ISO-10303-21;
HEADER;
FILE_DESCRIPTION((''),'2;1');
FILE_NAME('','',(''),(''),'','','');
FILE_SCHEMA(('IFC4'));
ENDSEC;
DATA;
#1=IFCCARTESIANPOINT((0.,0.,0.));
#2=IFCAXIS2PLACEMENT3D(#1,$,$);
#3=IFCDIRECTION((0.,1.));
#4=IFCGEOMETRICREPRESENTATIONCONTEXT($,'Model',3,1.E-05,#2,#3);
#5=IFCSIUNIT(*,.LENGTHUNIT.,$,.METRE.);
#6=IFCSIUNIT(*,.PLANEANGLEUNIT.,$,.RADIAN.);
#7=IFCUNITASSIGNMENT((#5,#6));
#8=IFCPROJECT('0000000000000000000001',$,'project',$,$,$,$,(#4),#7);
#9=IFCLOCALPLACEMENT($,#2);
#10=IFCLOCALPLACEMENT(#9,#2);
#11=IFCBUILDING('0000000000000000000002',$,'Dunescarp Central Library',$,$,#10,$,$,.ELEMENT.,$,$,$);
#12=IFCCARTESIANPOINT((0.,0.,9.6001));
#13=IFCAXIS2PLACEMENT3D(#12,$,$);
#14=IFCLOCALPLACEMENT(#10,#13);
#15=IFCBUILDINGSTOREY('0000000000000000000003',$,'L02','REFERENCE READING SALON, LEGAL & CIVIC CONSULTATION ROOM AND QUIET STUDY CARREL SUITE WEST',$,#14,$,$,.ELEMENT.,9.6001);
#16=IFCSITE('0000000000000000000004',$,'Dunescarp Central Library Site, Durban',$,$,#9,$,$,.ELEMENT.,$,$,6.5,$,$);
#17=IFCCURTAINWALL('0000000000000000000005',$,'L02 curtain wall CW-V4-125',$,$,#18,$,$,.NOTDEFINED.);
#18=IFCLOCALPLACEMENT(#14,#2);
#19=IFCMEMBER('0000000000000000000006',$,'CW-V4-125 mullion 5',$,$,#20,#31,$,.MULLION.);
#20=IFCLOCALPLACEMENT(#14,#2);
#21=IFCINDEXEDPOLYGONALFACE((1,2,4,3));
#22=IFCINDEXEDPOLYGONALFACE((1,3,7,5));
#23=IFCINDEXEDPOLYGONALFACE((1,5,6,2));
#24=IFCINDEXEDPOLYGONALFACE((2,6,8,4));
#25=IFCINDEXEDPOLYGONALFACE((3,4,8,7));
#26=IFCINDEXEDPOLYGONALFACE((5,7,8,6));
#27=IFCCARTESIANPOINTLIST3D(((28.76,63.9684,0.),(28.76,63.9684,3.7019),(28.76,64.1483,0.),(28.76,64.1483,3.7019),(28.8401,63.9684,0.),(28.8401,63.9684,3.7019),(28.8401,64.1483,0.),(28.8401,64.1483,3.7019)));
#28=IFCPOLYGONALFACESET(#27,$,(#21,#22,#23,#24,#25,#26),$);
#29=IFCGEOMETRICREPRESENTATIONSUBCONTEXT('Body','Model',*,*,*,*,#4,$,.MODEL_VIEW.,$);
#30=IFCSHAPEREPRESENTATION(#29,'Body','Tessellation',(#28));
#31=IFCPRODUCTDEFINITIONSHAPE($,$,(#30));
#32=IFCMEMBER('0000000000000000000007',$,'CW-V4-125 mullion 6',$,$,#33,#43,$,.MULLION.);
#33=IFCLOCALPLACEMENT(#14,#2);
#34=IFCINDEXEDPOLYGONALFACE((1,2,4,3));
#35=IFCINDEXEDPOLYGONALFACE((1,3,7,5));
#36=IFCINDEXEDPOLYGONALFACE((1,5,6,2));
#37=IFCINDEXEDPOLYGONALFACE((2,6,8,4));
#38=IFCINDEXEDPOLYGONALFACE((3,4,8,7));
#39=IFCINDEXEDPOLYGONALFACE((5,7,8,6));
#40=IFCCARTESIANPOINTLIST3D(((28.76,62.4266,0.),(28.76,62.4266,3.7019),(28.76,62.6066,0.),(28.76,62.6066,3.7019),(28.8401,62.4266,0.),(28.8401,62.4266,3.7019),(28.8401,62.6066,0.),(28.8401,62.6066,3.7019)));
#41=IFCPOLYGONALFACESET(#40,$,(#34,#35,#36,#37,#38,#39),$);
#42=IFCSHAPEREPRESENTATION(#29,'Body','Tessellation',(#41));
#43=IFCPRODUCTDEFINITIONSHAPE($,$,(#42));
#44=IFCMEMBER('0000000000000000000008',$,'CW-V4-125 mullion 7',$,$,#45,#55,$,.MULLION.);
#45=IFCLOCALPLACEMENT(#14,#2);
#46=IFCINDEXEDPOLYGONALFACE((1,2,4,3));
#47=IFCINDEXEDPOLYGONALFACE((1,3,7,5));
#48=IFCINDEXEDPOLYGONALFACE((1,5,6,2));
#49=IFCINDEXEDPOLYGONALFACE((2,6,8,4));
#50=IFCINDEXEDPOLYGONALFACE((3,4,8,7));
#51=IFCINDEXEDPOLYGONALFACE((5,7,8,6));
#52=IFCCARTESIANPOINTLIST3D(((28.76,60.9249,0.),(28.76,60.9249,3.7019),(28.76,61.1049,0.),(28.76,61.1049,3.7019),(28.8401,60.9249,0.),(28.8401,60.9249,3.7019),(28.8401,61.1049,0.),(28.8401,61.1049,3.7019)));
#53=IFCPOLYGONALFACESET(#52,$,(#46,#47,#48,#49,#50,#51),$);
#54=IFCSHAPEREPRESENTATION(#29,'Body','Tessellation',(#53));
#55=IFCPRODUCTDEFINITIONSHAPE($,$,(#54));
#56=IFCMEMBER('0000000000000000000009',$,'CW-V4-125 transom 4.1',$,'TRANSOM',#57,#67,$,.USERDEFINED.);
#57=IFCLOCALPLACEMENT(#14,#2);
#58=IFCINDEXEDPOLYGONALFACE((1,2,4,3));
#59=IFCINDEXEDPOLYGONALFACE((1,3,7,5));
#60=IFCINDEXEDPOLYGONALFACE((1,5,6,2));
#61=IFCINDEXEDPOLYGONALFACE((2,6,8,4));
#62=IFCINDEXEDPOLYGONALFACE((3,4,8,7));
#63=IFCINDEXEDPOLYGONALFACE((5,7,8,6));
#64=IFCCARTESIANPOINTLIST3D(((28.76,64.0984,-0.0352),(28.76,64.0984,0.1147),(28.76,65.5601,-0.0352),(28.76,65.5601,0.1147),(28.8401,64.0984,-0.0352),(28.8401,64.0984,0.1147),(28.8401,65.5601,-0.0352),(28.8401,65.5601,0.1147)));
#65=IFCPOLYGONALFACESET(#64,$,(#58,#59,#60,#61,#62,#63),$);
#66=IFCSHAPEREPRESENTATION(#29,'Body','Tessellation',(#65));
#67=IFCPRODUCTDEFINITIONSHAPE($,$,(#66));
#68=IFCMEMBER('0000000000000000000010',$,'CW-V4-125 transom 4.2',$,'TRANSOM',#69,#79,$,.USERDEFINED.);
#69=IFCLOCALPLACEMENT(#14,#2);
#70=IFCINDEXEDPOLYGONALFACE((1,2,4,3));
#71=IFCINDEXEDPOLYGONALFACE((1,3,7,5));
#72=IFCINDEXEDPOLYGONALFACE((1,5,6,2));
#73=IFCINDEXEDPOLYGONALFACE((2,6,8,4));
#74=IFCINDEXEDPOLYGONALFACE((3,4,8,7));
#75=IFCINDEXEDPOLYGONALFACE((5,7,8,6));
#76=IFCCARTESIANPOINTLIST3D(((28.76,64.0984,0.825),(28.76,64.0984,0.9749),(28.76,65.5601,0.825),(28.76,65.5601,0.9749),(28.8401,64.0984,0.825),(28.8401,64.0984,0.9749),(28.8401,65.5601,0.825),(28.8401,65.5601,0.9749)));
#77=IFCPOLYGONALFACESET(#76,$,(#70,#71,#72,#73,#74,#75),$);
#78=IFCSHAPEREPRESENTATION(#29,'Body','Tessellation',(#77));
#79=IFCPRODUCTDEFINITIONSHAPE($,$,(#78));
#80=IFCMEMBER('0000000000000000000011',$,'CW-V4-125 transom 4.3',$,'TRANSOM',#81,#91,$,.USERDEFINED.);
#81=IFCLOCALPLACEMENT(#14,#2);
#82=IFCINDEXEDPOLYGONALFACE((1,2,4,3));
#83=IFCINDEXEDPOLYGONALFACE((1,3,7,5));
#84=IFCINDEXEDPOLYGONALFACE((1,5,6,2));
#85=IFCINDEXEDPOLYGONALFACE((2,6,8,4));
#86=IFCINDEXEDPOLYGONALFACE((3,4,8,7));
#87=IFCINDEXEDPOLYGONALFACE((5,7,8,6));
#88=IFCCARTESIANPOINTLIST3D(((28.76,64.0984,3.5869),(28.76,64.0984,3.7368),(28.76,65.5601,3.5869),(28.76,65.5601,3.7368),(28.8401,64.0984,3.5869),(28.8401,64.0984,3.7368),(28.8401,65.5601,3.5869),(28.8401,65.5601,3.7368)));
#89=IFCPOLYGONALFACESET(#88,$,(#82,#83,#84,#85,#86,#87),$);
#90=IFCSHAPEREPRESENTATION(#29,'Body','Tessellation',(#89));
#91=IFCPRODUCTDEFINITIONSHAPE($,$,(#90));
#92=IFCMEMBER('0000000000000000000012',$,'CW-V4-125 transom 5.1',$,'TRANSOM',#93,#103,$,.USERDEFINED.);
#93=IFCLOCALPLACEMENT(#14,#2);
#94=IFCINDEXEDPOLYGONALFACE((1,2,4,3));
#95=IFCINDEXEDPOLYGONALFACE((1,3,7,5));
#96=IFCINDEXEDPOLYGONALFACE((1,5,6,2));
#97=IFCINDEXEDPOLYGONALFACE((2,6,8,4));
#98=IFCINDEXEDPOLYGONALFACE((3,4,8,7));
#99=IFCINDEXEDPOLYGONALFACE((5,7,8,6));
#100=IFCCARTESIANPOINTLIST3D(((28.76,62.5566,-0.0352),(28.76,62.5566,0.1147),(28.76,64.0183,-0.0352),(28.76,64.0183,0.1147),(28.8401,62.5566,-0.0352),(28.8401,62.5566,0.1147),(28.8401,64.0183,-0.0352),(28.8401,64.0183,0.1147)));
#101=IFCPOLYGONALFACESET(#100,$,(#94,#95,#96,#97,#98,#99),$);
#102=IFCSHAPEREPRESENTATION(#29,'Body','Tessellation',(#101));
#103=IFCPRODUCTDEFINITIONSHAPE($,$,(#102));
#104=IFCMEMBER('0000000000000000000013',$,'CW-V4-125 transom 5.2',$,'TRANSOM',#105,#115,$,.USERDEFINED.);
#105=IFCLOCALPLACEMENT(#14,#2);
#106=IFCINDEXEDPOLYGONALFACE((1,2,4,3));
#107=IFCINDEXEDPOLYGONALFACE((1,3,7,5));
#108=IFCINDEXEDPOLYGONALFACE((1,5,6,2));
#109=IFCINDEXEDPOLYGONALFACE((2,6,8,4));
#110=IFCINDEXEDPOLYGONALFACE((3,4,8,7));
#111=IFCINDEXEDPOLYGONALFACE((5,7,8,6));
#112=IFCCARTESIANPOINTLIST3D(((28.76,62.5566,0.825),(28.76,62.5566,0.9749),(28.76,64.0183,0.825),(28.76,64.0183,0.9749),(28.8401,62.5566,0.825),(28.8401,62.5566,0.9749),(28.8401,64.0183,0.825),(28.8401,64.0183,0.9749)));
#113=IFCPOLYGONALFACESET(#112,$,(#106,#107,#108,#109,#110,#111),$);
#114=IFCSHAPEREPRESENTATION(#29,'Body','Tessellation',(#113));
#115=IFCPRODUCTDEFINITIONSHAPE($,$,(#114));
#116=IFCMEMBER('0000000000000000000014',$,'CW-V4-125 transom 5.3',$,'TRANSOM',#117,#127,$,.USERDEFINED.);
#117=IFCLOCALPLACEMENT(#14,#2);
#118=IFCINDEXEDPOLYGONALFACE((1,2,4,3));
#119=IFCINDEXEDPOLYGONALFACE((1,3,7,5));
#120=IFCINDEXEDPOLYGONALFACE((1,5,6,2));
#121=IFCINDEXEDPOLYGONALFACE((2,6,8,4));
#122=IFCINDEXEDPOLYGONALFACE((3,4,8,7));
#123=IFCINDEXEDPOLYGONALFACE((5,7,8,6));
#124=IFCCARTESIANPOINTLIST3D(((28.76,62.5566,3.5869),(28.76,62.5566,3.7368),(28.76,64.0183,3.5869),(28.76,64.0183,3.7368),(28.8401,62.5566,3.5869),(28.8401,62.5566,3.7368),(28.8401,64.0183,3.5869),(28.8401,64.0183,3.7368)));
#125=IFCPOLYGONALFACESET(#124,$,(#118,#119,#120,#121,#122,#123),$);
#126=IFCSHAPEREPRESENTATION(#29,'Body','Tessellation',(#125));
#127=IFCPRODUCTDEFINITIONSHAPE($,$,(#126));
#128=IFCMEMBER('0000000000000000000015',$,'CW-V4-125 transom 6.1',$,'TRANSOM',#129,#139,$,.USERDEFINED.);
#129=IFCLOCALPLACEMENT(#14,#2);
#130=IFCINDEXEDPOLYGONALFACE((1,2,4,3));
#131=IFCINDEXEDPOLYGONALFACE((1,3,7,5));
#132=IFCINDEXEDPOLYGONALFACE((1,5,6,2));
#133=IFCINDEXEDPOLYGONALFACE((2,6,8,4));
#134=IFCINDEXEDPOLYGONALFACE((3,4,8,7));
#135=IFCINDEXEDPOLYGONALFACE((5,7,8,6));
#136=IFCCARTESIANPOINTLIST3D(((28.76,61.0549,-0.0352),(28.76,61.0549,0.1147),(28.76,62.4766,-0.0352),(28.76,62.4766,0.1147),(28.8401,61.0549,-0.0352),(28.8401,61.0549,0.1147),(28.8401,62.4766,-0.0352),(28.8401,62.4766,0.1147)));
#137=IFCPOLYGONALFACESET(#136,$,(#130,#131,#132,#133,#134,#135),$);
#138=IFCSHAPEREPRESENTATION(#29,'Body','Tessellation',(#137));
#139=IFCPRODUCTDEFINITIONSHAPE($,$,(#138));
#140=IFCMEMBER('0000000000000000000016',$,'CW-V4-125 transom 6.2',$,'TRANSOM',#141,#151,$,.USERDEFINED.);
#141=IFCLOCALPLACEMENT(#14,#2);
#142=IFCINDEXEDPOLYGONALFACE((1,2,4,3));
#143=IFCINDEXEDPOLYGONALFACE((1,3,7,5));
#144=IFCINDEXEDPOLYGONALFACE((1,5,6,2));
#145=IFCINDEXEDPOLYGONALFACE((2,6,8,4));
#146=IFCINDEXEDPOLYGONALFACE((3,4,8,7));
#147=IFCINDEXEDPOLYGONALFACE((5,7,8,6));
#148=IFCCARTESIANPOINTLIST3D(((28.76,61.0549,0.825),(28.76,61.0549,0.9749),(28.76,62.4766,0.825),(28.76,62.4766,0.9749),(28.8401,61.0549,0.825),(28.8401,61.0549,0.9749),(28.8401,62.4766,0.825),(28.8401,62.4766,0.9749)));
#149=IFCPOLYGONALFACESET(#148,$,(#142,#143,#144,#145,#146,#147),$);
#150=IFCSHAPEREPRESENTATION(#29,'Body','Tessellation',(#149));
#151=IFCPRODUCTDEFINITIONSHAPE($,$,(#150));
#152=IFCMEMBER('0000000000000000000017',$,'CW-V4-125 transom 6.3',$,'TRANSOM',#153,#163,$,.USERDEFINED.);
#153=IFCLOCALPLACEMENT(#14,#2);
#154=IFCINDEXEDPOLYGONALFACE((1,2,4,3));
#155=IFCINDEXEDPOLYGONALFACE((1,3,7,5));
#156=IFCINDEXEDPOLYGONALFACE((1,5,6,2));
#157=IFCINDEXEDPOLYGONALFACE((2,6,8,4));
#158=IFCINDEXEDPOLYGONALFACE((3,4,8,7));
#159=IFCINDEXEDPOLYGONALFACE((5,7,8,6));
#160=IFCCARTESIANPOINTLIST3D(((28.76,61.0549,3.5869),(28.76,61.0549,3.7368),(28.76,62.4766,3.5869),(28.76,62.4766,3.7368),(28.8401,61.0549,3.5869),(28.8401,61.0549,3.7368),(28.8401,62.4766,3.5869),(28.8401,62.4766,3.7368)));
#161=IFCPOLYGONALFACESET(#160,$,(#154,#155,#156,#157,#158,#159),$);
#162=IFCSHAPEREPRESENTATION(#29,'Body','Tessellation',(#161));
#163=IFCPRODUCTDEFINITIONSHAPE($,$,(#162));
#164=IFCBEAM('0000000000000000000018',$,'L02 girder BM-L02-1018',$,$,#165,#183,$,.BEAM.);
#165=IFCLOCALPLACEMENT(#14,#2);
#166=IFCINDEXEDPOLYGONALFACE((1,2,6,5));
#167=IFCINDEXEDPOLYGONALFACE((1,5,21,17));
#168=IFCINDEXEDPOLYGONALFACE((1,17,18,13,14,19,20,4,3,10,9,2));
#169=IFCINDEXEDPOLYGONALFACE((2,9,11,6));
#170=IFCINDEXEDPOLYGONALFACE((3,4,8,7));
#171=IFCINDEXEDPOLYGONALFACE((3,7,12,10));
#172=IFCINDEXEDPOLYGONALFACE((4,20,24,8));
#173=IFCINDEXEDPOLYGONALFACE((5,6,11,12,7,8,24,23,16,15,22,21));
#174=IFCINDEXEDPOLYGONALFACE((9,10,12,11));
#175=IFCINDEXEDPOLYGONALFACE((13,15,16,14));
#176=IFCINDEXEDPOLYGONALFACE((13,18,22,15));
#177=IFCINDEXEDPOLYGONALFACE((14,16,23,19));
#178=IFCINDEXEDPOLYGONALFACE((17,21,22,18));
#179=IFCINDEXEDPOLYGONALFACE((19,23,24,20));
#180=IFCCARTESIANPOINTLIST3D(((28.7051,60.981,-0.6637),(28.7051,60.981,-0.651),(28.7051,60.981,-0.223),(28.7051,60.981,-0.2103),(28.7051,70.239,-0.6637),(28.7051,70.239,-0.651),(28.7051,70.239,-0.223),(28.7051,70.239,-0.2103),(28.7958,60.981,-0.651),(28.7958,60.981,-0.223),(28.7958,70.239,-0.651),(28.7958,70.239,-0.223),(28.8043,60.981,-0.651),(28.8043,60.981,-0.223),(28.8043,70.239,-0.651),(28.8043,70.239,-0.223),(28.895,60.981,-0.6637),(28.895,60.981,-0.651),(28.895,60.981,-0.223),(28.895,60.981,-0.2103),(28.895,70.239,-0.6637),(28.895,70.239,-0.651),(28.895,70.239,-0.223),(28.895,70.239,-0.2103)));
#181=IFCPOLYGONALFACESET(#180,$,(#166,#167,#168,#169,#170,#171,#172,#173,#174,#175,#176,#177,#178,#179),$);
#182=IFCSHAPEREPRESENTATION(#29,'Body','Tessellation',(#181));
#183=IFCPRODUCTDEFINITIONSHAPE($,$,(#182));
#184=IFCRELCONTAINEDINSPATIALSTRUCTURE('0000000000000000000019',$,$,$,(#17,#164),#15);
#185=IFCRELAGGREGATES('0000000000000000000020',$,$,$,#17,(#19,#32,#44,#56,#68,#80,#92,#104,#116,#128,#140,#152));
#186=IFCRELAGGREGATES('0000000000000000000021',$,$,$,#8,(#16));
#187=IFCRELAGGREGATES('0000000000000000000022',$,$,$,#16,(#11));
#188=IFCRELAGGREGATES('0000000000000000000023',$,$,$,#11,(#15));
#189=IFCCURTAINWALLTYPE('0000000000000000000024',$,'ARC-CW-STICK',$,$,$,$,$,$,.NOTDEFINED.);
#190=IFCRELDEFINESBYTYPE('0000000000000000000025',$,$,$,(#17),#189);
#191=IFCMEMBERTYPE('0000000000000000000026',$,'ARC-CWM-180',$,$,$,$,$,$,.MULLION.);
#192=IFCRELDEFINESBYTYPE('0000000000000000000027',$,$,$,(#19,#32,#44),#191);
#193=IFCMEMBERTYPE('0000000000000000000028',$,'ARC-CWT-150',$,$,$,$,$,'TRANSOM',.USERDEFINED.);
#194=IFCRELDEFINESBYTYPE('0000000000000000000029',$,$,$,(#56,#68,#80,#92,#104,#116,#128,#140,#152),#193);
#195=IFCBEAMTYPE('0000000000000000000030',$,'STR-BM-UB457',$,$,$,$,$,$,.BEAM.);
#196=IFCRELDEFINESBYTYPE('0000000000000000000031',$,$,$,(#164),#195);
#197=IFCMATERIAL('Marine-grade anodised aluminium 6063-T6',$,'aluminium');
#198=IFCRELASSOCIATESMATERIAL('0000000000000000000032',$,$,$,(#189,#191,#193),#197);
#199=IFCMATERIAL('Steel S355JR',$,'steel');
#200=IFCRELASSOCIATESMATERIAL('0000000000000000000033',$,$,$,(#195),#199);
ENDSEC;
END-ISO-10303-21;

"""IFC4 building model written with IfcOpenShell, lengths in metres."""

from ifc_helpers import new_model, si_unit, direction, frame, origin, origin_2d, place, context, subcontext, project, spatial, rectangle, i_section, extrude, material, material_profile, profile_set, type_object, element, aggregate, save


model = new_model("IFC4")

# Units and contexts
model_context = context("Model", 3, precision=1e-05, world=origin(), true_north=direction((0.0, 1.0)))
body_context = subcontext(model_context, "Body", "Model", "MODEL_VIEW")
ifc_project = project(units=[si_unit("LENGTHUNIT", "METRE"), si_unit("PLANEANGLEUNIT", "RADIAN")], contexts=[model_context])

# Site, building, storey
site_placement = place(None, origin())
site = spatial("IfcSite", under=ifc_project, at=site_placement, Name="Dunescarp Central Library Site, Durban", CompositionType="ELEMENT", RefElevation=6.5)
building_placement = place(site_placement, origin())
building = spatial("IfcBuilding", under=site, at=building_placement, Name="Dunescarp Central Library", CompositionType="ELEMENT")
storey_placement = place(building_placement, frame((0.0, 0.0, 9.6001)))
storey = spatial("IfcBuildingStorey", under=building, at=storey_placement, Name="L02", Description="REFERENCE READING SALON, LEGAL & CIVIC CONSULTATION ROOM AND QUIET STUDY CARREL SUITE WEST", CompositionType="ELEMENT", Elevation=9.6001)

# Curtain wall, members
ifc_material_1 = material(Name="Marine-grade anodised aluminium 6063-T6", Category="aluminium")
curtain_wall_type = type_object("IfcCurtainWallType", Name="ARC-CW-STICK", PredefinedType="NOTDEFINED", material=ifc_material_1)
curtain_wall_placement = place(storey_placement, origin())
curtain_wall = element("IfcCurtainWall", 1, at=curtain_wall_placement, inside=storey, type_object=curtain_wall_type, Name="L02 curtain wall CW-V4-125", PredefinedType="NOTDEFINED")
ifc_material_profile_1 = material_profile(ifc_material_1, rectangle(XDim=0.0801, YDim=0.1799, at=origin_2d()), Name="AL 80x180")
ifc_profile_set_1 = profile_set([ifc_material_profile_1], Name="Marine-grade anodised aluminium 6063-T6")
member_type_1 = type_object("IfcMemberType", Name="ARC-CWM-180", PredefinedType="MULLION", material=ifc_profile_set_1)
member_1_placement = place(storey_placement, frame((28.8, 64.0583, 0.0), z_axis=(0.0, 0.0, 1.0), x_axis=(1.0, 0.0, 0.0)))
member_1 = element("IfcMember", 2, at=member_1_placement, type_object=member_type_1, Name="CW-V4-125 mullion 5", PredefinedType="MULLION", context=body_context, shape_type="SweptSolid", body=[
    extrude(rectangle(XDim=0.0801, YDim=0.1799, at=origin_2d()), origin(), (0.0, 0.0, 1.0), 3.7019),
])
member_2_placement = place(storey_placement, frame((28.8, 62.5166, 0.0), z_axis=(0.0, 0.0, 1.0), x_axis=(1.0, 0.0, 0.0)))
member_2 = element("IfcMember", 3, at=member_2_placement, type_object=member_type_1, Name="CW-V4-125 mullion 6", PredefinedType="MULLION", context=body_context, shape_type="SweptSolid", body=[
    extrude(rectangle(XDim=0.0801, YDim=0.1799, at=origin_2d()), origin(), (0.0, 0.0, 1.0), 3.7019),
])
member_3_placement = place(storey_placement, frame((28.8, 61.0149, 0.0), z_axis=(0.0, 0.0, 1.0), x_axis=(1.0, 0.0, 0.0)))
member_3 = element("IfcMember", 4, at=member_3_placement, type_object=member_type_1, Name="CW-V4-125 mullion 7", PredefinedType="MULLION", context=body_context, shape_type="SweptSolid", body=[
    extrude(rectangle(XDim=0.0801, YDim=0.1799, at=origin_2d()), origin(), (0.0, 0.0, 1.0), 3.7019),
])
ifc_material_profile_2 = material_profile(ifc_material_1, rectangle(XDim=0.0801, YDim=0.1499, at=origin_2d()), Name="AL 80x150")
ifc_profile_set_2 = profile_set([ifc_material_profile_2], Name="Marine-grade anodised aluminium 6063-T6")
member_type_2 = type_object("IfcMemberType", Name="ARC-CWT-150", ElementType="TRANSOM", PredefinedType="USERDEFINED", material=ifc_profile_set_2)
member_4_placement = place(storey_placement, frame((28.8, 65.5601, 0.0398), z_axis=(0.0, -1.0, 0.0), x_axis=(1.0, 0.0, 0.0)))
member_4 = element("IfcMember", 5, at=member_4_placement, type_object=member_type_2, Name="CW-V4-125 transom 4.1", ObjectType="TRANSOM", PredefinedType="USERDEFINED", context=body_context, shape_type="SweptSolid", body=[
    extrude(rectangle(XDim=0.0801, YDim=0.1499, at=origin_2d()), origin(), (0.0, 0.0, 1.0), 1.4617),
])
member_5_placement = place(storey_placement, frame((28.8, 65.5601, 0.8999), z_axis=(0.0, -1.0, 0.0), x_axis=(1.0, 0.0, 0.0)))
member_5 = element("IfcMember", 6, at=member_5_placement, type_object=member_type_2, Name="CW-V4-125 transom 4.2", ObjectType="TRANSOM", PredefinedType="USERDEFINED", context=body_context, shape_type="SweptSolid", body=[
    extrude(rectangle(XDim=0.0801, YDim=0.1499, at=origin_2d()), origin(), (0.0, 0.0, 1.0), 1.4617),
])
member_6_placement = place(storey_placement, frame((28.8, 65.5601, 3.6619), z_axis=(0.0, -1.0, 0.0), x_axis=(1.0, 0.0, 0.0)))
member_6 = element("IfcMember", 7, at=member_6_placement, type_object=member_type_2, Name="CW-V4-125 transom 4.3", ObjectType="TRANSOM", PredefinedType="USERDEFINED", context=body_context, shape_type="SweptSolid", body=[
    extrude(rectangle(XDim=0.0801, YDim=0.1499, at=origin_2d()), origin(), (0.0, 0.0, 1.0), 1.4617),
])
member_7_placement = place(storey_placement, frame((28.8, 64.0183, 0.0398), z_axis=(0.0, -1.0, 0.0), x_axis=(1.0, 0.0, 0.0)))
member_7 = element("IfcMember", 8, at=member_7_placement, type_object=member_type_2, Name="CW-V4-125 transom 5.1", ObjectType="TRANSOM", PredefinedType="USERDEFINED", context=body_context, shape_type="SweptSolid", body=[
    extrude(rectangle(XDim=0.0801, YDim=0.1499, at=origin_2d()), origin(), (0.0, 0.0, 1.0), 1.4617),
])
member_8_placement = place(storey_placement, frame((28.8, 64.0183, 0.8999), z_axis=(0.0, -1.0, 0.0), x_axis=(1.0, 0.0, 0.0)))
member_8 = element("IfcMember", 9, at=member_8_placement, type_object=member_type_2, Name="CW-V4-125 transom 5.2", ObjectType="TRANSOM", PredefinedType="USERDEFINED", context=body_context, shape_type="SweptSolid", body=[
    extrude(rectangle(XDim=0.0801, YDim=0.1499, at=origin_2d()), origin(), (0.0, 0.0, 1.0), 1.4617),
])
member_9_placement = place(storey_placement, frame((28.8, 64.0183, 3.6619), z_axis=(0.0, -1.0, 0.0), x_axis=(1.0, 0.0, 0.0)))
member_9 = element("IfcMember", 10, at=member_9_placement, type_object=member_type_2, Name="CW-V4-125 transom 5.3", ObjectType="TRANSOM", PredefinedType="USERDEFINED", context=body_context, shape_type="SweptSolid", body=[
    extrude(rectangle(XDim=0.0801, YDim=0.1499, at=origin_2d()), origin(), (0.0, 0.0, 1.0), 1.4617),
])
member_10_placement = place(storey_placement, frame((28.8, 62.4766, 0.0398), z_axis=(0.0, -1.0, 0.0), x_axis=(1.0, 0.0, 0.0)))
member_10 = element("IfcMember", 11, at=member_10_placement, type_object=member_type_2, Name="CW-V4-125 transom 6.1", ObjectType="TRANSOM", PredefinedType="USERDEFINED", context=body_context, shape_type="SweptSolid", body=[
    extrude(rectangle(XDim=0.0801, YDim=0.1499, at=origin_2d()), origin(), (0.0, 0.0, 1.0), 1.4216),
])
member_11_placement = place(storey_placement, frame((28.8, 62.4766, 0.8999), z_axis=(0.0, -1.0, 0.0), x_axis=(1.0, 0.0, 0.0)))
member_11 = element("IfcMember", 12, at=member_11_placement, type_object=member_type_2, Name="CW-V4-125 transom 6.2", ObjectType="TRANSOM", PredefinedType="USERDEFINED", context=body_context, shape_type="SweptSolid", body=[
    extrude(rectangle(XDim=0.0801, YDim=0.1499, at=origin_2d()), origin(), (0.0, 0.0, 1.0), 1.4216),
])
member_12_placement = place(storey_placement, frame((28.8, 62.4766, 3.6619), z_axis=(0.0, -1.0, 0.0), x_axis=(1.0, 0.0, 0.0)))
member_12 = element("IfcMember", 13, at=member_12_placement, type_object=member_type_2, Name="CW-V4-125 transom 6.3", ObjectType="TRANSOM", PredefinedType="USERDEFINED", context=body_context, shape_type="SweptSolid", body=[
    extrude(rectangle(XDim=0.0801, YDim=0.1499, at=origin_2d()), origin(), (0.0, 0.0, 1.0), 1.4216),
])

# Beam
ifc_material_2 = material(Name="Steel S355JR", Category="steel")
ifc_material_profile_3 = material_profile(ifc_material_2, i_section(OverallWidth=0.1899, OverallDepth=0.4534, WebThickness=0.0085, FlangeThickness=0.0127, at=origin_2d()), Name="UB 457x191x67")
ifc_profile_set_3 = profile_set([ifc_material_profile_3], Name="Steel S355JR")
beam_type = type_object("IfcBeamType", Name="STR-BM-UB457", PredefinedType="BEAM", material=ifc_profile_set_3)
beam_placement = place(storey_placement, frame((28.8, 60.981, -0.437), z_axis=(0.0, 1.0, 0.0), x_axis=(-1.0, 0.0, 0.0)))
element("IfcBeam", 14, at=beam_placement, inside=storey, type_object=beam_type, Name="L02 girder BM-L02-1018", PredefinedType="BEAM", context=body_context, shape_type="SweptSolid", body=[
    extrude(i_section(OverallWidth=0.1899, OverallDepth=0.4534, WebThickness=0.0085, FlangeThickness=0.0127, at=origin_2d()), origin(), (0.0, 0.0, 1.0), 9.2581),
])

aggregate(curtain_wall, [member_1, member_2, member_3, member_4, member_5, member_6, member_7, member_8, member_9, member_10, member_11, member_12])

save(model, "model.ifc")
